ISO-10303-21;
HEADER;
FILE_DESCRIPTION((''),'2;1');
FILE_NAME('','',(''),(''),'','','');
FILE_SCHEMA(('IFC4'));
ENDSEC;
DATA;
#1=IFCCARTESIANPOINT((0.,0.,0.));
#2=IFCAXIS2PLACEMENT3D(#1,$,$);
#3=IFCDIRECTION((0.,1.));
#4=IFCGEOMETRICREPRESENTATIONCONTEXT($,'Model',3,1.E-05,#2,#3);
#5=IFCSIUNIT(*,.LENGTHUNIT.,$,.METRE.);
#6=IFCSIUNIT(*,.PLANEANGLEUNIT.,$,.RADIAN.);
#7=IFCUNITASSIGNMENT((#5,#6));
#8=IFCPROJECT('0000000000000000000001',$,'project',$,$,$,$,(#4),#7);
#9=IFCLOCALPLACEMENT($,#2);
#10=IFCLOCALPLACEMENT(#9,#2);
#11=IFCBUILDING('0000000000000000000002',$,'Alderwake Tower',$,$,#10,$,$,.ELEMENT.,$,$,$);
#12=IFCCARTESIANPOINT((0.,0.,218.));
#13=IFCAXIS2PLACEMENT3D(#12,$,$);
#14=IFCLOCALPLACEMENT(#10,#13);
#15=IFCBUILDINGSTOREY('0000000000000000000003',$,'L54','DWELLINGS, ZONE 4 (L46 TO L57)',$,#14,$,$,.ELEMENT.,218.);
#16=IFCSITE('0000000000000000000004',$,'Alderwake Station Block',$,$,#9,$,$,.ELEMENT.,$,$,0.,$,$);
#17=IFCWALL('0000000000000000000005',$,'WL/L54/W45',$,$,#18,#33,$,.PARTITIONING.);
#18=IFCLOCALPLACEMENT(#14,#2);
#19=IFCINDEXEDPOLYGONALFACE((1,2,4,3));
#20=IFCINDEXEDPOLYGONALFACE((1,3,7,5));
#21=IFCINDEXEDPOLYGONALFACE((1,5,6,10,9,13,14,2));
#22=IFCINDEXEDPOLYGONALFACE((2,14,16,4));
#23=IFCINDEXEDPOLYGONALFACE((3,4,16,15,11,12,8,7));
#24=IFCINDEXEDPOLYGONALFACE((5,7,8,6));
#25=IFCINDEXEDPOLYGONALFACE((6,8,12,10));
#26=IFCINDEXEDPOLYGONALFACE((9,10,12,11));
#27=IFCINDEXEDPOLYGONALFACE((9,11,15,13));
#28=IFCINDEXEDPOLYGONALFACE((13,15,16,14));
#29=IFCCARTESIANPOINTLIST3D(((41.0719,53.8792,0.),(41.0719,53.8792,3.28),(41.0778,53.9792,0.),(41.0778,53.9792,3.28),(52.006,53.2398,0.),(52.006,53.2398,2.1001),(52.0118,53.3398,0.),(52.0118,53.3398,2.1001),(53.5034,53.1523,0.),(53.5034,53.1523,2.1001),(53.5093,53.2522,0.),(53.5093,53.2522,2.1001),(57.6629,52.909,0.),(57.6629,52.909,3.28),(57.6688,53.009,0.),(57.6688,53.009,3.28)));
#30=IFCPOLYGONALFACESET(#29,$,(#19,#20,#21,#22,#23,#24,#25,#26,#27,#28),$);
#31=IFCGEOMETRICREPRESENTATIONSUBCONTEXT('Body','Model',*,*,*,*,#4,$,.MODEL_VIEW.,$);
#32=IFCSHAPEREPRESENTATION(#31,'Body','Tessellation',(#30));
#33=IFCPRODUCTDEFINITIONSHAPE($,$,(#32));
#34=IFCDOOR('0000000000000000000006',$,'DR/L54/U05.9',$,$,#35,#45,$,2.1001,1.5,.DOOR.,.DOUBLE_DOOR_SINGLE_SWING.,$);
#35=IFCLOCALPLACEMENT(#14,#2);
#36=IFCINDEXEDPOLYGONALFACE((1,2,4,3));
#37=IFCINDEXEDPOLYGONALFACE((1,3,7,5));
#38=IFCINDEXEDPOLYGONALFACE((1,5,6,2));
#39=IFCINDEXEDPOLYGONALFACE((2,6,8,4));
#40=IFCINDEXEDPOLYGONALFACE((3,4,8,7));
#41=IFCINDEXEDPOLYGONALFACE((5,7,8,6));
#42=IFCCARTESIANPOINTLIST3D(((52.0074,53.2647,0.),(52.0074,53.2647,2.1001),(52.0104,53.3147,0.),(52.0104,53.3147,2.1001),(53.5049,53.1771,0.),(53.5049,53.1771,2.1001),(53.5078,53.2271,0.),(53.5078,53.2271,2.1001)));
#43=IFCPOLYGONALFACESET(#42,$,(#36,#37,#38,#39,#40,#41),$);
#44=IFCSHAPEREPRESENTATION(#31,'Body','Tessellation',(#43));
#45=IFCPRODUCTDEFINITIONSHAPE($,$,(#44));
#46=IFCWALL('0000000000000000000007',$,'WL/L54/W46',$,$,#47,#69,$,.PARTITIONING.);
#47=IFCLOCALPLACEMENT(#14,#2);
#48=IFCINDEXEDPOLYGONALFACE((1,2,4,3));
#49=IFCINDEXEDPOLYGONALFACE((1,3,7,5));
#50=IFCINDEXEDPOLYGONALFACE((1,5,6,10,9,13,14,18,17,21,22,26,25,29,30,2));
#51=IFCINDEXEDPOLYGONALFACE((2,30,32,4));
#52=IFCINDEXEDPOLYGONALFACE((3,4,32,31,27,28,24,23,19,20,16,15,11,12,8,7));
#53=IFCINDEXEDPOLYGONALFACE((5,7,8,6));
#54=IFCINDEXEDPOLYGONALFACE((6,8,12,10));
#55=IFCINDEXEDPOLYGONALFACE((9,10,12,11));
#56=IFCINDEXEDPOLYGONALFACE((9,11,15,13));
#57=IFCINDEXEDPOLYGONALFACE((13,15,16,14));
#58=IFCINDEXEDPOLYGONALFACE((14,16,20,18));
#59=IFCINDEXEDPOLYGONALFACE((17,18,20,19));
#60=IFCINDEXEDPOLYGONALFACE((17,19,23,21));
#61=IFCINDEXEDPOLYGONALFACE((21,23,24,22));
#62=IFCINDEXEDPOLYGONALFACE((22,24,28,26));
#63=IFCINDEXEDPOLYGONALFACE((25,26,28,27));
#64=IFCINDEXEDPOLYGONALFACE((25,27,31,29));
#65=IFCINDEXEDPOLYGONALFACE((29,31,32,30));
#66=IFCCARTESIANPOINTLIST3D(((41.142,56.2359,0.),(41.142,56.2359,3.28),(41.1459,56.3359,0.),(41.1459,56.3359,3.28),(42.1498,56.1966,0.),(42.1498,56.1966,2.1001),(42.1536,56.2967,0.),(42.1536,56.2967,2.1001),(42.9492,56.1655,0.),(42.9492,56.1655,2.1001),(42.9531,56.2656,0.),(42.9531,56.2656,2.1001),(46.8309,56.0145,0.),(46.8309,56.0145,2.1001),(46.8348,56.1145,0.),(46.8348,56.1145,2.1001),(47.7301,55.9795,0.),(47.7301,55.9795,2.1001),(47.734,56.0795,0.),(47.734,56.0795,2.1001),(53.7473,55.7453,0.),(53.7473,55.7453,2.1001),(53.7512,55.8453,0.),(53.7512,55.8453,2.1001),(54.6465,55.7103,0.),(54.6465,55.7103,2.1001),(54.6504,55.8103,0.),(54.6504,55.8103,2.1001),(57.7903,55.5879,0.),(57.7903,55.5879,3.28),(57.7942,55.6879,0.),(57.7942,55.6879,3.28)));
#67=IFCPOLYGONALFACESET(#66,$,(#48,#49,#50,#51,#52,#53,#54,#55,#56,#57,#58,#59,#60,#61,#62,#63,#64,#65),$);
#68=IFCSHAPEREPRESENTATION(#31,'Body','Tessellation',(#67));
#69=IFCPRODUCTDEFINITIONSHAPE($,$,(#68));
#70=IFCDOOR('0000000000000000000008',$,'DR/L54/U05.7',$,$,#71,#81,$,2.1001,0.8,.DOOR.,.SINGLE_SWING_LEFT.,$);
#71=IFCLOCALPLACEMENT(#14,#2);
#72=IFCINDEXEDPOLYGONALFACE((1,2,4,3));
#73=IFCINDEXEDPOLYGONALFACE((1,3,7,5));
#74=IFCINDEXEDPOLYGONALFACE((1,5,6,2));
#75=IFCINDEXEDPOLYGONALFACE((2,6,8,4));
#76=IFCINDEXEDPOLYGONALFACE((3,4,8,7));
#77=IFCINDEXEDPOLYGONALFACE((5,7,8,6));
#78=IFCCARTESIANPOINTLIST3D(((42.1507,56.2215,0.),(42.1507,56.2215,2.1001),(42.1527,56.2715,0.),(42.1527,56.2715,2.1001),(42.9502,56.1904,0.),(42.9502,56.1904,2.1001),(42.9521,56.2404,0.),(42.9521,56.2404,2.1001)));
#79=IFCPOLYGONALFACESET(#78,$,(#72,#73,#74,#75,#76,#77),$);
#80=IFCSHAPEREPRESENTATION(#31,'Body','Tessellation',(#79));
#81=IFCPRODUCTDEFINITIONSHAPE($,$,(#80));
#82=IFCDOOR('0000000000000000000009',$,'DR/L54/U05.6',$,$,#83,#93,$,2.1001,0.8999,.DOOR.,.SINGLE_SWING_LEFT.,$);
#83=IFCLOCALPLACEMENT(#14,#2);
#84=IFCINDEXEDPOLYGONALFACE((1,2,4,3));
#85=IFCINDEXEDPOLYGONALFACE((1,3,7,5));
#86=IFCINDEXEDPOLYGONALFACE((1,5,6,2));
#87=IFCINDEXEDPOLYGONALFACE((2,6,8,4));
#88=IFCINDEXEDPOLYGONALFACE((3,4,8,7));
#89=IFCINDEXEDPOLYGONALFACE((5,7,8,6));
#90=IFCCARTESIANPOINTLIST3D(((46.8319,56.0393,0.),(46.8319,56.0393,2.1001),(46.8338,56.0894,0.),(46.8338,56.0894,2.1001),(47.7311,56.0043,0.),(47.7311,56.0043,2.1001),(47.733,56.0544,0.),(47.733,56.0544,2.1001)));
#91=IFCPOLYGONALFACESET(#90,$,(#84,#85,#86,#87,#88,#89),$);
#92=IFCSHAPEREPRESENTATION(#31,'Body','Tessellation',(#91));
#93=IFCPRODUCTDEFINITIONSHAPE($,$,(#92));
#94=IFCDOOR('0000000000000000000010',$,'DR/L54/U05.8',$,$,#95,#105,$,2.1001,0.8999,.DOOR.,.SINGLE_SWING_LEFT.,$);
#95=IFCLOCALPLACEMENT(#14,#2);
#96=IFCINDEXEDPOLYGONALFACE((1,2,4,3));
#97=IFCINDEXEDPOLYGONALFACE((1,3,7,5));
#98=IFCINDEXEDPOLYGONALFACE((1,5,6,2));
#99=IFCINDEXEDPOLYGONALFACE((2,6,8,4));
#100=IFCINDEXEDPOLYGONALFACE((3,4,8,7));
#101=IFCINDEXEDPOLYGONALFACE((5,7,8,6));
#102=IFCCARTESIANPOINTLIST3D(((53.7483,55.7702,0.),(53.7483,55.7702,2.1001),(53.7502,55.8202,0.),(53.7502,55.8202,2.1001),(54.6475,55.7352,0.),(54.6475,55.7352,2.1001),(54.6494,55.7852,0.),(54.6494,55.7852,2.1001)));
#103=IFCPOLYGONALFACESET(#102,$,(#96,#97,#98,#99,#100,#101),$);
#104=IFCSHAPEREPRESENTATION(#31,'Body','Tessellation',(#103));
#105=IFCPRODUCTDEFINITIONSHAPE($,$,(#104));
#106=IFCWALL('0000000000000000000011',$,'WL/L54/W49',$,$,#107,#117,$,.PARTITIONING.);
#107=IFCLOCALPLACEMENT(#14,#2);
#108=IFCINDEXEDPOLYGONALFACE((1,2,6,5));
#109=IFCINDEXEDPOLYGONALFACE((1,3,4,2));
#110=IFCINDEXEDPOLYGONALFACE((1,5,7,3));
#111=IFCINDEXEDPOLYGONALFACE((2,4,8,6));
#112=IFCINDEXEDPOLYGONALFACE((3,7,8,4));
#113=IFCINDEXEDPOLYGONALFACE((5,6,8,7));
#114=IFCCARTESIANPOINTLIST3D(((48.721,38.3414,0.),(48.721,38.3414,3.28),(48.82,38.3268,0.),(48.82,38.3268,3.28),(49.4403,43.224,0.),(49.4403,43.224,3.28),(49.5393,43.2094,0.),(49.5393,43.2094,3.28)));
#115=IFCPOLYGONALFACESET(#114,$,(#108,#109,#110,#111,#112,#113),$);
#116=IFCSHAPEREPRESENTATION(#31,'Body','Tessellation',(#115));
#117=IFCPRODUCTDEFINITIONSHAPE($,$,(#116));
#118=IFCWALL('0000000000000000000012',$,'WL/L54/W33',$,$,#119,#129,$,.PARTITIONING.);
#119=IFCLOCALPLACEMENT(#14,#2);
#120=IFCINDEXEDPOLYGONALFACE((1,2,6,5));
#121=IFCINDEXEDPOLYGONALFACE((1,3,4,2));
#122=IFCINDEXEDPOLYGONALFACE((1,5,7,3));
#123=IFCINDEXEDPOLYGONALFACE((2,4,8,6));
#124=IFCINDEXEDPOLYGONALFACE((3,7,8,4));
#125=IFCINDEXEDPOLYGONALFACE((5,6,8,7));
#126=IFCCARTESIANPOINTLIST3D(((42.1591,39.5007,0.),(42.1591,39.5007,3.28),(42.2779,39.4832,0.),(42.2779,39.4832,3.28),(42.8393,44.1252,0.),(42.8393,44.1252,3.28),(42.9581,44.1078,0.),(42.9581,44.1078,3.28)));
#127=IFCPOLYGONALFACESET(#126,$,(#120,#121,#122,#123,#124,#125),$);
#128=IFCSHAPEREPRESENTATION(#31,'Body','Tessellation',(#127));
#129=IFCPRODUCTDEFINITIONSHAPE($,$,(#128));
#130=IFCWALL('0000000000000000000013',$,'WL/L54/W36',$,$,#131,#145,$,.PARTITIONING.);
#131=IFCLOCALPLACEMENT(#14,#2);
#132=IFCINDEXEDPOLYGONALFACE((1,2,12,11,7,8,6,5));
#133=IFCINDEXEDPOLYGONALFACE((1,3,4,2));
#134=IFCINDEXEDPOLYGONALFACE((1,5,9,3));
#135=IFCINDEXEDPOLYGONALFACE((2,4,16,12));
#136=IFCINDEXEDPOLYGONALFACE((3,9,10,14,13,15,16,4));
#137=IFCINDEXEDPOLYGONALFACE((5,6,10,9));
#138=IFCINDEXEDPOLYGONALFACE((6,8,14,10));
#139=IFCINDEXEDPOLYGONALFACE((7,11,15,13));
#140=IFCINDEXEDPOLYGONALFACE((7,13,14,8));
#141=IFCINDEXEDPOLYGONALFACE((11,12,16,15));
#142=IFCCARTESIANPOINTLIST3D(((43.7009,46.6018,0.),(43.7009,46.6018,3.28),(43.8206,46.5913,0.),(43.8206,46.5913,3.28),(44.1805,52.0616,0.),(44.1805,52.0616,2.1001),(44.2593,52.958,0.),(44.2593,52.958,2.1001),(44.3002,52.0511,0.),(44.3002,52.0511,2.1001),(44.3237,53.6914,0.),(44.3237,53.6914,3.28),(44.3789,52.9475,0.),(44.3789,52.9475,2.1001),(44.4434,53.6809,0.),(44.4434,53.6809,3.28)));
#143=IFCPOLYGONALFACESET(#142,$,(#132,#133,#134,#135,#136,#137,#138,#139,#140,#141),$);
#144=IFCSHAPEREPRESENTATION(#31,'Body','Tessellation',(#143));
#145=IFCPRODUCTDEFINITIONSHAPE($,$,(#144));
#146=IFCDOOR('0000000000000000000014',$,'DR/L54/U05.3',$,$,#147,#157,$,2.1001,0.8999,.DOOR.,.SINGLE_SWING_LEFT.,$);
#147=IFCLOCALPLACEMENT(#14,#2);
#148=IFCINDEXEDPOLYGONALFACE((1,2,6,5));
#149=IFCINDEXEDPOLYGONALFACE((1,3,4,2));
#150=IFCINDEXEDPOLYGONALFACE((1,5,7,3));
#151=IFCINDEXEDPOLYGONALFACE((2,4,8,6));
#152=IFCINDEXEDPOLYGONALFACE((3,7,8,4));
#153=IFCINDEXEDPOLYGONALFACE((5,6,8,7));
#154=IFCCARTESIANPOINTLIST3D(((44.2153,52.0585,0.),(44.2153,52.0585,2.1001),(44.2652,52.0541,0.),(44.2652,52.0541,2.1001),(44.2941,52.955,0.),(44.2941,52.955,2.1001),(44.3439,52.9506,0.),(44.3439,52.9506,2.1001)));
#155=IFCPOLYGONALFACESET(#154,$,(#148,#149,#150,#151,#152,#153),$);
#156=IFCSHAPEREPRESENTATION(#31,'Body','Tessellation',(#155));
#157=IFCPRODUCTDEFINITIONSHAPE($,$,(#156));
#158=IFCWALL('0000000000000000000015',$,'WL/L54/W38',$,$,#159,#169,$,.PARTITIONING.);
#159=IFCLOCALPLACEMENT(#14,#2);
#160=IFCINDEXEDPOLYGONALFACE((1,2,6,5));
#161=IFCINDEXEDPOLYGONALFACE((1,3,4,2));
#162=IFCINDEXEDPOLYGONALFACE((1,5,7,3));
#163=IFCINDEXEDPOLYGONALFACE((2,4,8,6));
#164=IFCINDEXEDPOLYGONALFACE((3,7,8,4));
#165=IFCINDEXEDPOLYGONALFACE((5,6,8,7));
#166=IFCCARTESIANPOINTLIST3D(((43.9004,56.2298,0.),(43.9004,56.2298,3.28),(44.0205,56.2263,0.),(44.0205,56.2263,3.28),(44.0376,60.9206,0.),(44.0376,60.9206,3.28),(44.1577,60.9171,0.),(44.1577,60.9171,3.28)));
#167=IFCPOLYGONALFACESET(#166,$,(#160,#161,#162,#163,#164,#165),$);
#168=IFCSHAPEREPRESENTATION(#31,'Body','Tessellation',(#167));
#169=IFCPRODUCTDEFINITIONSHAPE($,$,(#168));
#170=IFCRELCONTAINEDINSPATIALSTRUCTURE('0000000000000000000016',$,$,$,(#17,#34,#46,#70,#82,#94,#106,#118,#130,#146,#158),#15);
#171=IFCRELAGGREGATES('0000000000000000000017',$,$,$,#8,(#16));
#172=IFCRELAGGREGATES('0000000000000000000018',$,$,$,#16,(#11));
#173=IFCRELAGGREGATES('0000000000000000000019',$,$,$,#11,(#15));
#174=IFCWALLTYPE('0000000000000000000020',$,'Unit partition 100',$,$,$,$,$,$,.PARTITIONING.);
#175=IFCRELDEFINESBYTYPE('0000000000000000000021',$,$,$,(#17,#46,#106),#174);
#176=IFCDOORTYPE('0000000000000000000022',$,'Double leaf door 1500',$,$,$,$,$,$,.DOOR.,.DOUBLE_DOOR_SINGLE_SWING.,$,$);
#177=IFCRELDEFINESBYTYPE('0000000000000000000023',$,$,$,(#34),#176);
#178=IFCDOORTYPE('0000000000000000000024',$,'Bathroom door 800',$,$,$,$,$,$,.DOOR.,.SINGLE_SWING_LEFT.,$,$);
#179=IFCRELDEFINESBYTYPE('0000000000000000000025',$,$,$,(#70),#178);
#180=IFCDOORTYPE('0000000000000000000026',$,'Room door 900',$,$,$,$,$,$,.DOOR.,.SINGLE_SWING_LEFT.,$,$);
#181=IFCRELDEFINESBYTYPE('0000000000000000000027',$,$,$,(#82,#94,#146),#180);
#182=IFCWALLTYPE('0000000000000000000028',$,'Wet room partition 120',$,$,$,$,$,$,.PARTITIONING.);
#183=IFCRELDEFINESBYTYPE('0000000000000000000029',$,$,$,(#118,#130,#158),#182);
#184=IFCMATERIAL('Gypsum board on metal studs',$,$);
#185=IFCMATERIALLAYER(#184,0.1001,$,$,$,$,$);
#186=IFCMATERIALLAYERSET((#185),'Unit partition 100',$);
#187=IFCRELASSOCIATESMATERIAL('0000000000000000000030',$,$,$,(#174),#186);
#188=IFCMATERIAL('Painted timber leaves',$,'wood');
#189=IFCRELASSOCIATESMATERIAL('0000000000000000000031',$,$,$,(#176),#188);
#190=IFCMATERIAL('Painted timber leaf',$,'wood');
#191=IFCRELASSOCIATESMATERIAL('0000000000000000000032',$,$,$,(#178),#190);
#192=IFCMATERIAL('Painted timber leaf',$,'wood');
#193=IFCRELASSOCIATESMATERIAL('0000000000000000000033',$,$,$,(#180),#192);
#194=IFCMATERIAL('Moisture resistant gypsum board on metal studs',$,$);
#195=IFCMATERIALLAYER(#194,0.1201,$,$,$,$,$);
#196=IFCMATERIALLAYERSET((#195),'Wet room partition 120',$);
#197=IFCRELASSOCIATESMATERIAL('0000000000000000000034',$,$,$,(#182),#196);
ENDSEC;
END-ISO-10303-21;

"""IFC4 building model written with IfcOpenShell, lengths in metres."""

from ifc_helpers import new_model, si_unit, direction, frame, frame_2d, origin, place, context, subcontext, project, spatial, rectangle, extrude, material, layer, layer_set, type_object, element, fill, save


model = new_model("IFC4")

# Units and contexts
model_context = context("Model", 3, precision=1e-05, world=origin(), true_north=direction((0.0, 1.0)))
body_context = subcontext(model_context, "Body", "Model", "MODEL_VIEW")
ifc_project = project(units=[si_unit("LENGTHUNIT", "METRE"), si_unit("PLANEANGLEUNIT", "RADIAN")], contexts=[model_context])

# Site, building, storey
site_placement = place(None, origin())
site = spatial("IfcSite", under=ifc_project, at=site_placement, Name="Alderwake Station Block", CompositionType="ELEMENT", RefElevation=0.0)
building_placement = place(site_placement, origin())
building = spatial("IfcBuilding", under=site, at=building_placement, Name="Alderwake Tower", CompositionType="ELEMENT")
storey_placement = place(building_placement, frame((0.0, 0.0, 218.0)))
storey = spatial("IfcBuildingStorey", under=building, at=storey_placement, Name="L54", Description="DWELLINGS, ZONE 4 (L46 TO L57)", CompositionType="ELEMENT", Elevation=218.0)

# Wall, opening, door
ifc_material_1 = material(Name="Gypsum board on metal studs")
ifc_layer_1 = layer(ifc_material_1, 0.1001)
ifc_layer_set_1 = layer_set([ifc_layer_1], Name="Unit partition 100")
wall_type_1 = type_object("IfcWallType", Name="Unit partition 100", PredefinedType="PARTITIONING", material=ifc_layer_set_1)
wall_1_placement = place(storey_placement, frame((41.075, 53.9292, 0.0), z_axis=(0.0, 0.0, 1.0), x_axis=(0.998295, -0.058378, 0.0)))
wall_1 = element("IfcWall", 1, at=wall_1_placement, inside=storey, type_object=wall_type_1, Name="WL/L54/W45", PredefinedType="PARTITIONING", context=body_context, shape_type="SweptSolid", body=[
    extrude(rectangle(XDim=16.6194, YDim=0.1001, at=frame_2d((8.3096, 0.0))), origin(), (0.0, 0.0, 1.0), 3.28),
])
opening_1_placement = place(wall_1_placement, frame((10.9526, 0.0, 0.0)))
opening_1 = element("IfcOpeningElement", 2, at=opening_1_placement, cuts=wall_1, PredefinedType="OPENING", context=body_context, shape_type="SweptSolid", body=[
    extrude(rectangle(XDim=1.5, YDim=2.1001, at=frame_2d((0.75, 1.05))), frame((0.0, 0.0601, 0.0), z_axis=(0.0, -1.0, 0.0), x_axis=(1.0, 0.0, 0.0)), (0.0, 0.0, 1.0), 0.1201),
])
ifc_material_2 = material(Name="Painted timber leaves", Category="wood")
door_type_1 = type_object("IfcDoorType", Name="Double leaf door 1500", OperationType="DOUBLE_DOOR_SINGLE_SWING", PredefinedType="DOOR", material=ifc_material_2)
door_1_placement = place(opening_1_placement, origin())
door_1 = element("IfcDoor", 3, at=door_1_placement, inside=storey, type_object=door_type_1, Name="DR/L54/U05.9", OperationType="DOUBLE_DOOR_SINGLE_SWING", OverallHeight=2.1001, OverallWidth=1.5, PredefinedType="DOOR", context=body_context, shape_type="SweptSolid", body=[
    extrude(rectangle(XDim=1.5, YDim=2.1001, at=frame_2d((0.75, 1.05))), frame((0.0, 0.0249, 0.0), z_axis=(0.0, -1.0, 0.0), x_axis=(1.0, 0.0, 0.0)), (0.0, 0.0, 1.0), 0.05),
])
fill(opening_1, door_1)

# Wall, openings, doors
wall_2_placement = place(storey_placement, frame((41.1438, 56.2859, 0.0), z_axis=(0.0, 0.0, 1.0), x_axis=(0.999243, -0.038891, 0.0)))
wall_2 = element("IfcWall", 4, at=wall_2_placement, inside=storey, type_object=wall_type_1, Name="WL/L54/W46", PredefinedType="PARTITIONING", context=body_context, shape_type="SweptSolid", body=[
    extrude(rectangle(XDim=16.6609, YDim=0.1001, at=frame_2d((8.3306, 0.0))), origin(), (0.0, 0.0, 1.0), 3.28),
])
opening_2_placement = place(wall_2_placement, frame((5.6934, 0.0, 0.0)))
opening_2 = element("IfcOpeningElement", 5, at=opening_2_placement, cuts=wall_2, PredefinedType="OPENING", context=body_context, shape_type="SweptSolid", body=[
    extrude(rectangle(XDim=0.8999, YDim=2.1001, at=frame_2d((0.45, 1.05))), frame((0.0, 0.0601, 0.0), z_axis=(0.0, -1.0, 0.0), x_axis=(1.0, 0.0, 0.0)), (0.0, 0.0, 1.0), 0.1201),
])
opening_3_placement = place(wall_2_placement, frame((1.0088, 0.0, 0.0)))
opening_3 = element("IfcOpeningElement", 6, at=opening_3_placement, cuts=wall_2, PredefinedType="OPENING", context=body_context, shape_type="SweptSolid", body=[
    extrude(rectangle(XDim=0.8, YDim=2.1001, at=frame_2d((0.3999, 1.05))), frame((0.0, 0.0601, 0.0), z_axis=(0.0, -1.0, 0.0), x_axis=(1.0, 0.0, 0.0)), (0.0, 0.0, 1.0), 0.1201),
])
opening_4_placement = place(wall_2_placement, frame((12.615, 0.0, 0.0)))
opening_4 = element("IfcOpeningElement", 7, at=opening_4_placement, cuts=wall_2, PredefinedType="OPENING", context=body_context, shape_type="SweptSolid", body=[
    extrude(rectangle(XDim=0.8999, YDim=2.1001, at=frame_2d((0.45, 1.05))), frame((0.0, 0.0601, 0.0), z_axis=(0.0, -1.0, 0.0), x_axis=(1.0, 0.0, 0.0)), (0.0, 0.0, 1.0), 0.1201),
])
ifc_material_3 = material(Name="Painted timber leaf", Category="wood")
door_type_2 = type_object("IfcDoorType", Name="Bathroom door 800", OperationType="SINGLE_SWING_LEFT", PredefinedType="DOOR", material=ifc_material_3)
door_2_placement = place(opening_3_placement, origin())
door_2 = element("IfcDoor", 8, at=door_2_placement, inside=storey, type_object=door_type_2, Name="DR/L54/U05.7", OperationType="SINGLE_SWING_LEFT", OverallHeight=2.1001, OverallWidth=0.8, PredefinedType="DOOR", context=body_context, shape_type="SweptSolid", body=[
    extrude(rectangle(XDim=0.8, YDim=2.1001, at=frame_2d((0.3999, 1.05))), frame((0.0, 0.0249, 0.0), z_axis=(0.0, -1.0, 0.0), x_axis=(1.0, 0.0, 0.0)), (0.0, 0.0, 1.0), 0.05),
])
fill(opening_3, door_2)
ifc_material_4 = material(Name="Painted timber leaf", Category="wood")
door_type_3 = type_object("IfcDoorType", Name="Room door 900", OperationType="SINGLE_SWING_LEFT", PredefinedType="DOOR", material=ifc_material_4)
door_3_placement = place(opening_2_placement, origin())
door_3 = element("IfcDoor", 9, at=door_3_placement, inside=storey, type_object=door_type_3, Name="DR/L54/U05.6", OperationType="SINGLE_SWING_LEFT", OverallHeight=2.1001, OverallWidth=0.8999, PredefinedType="DOOR", context=body_context, shape_type="SweptSolid", body=[
    extrude(rectangle(XDim=0.8999, YDim=2.1001, at=frame_2d((0.45, 1.05))), frame((0.0, 0.0249, 0.0), z_axis=(0.0, -1.0, 0.0), x_axis=(1.0, 0.0, 0.0)), (0.0, 0.0, 1.0), 0.05),
])
fill(opening_2, door_3)
door_4_placement = place(opening_4_placement, origin())
door_4 = element("IfcDoor", 10, at=door_4_placement, inside=storey, type_object=door_type_3, Name="DR/L54/U05.8", OperationType="SINGLE_SWING_LEFT", OverallHeight=2.1001, OverallWidth=0.8999, PredefinedType="DOOR", context=body_context, shape_type="SweptSolid", body=[
    extrude(rectangle(XDim=0.8999, YDim=2.1001, at=frame_2d((0.45, 1.05))), frame((0.0, 0.0249, 0.0), z_axis=(0.0, -1.0, 0.0), x_axis=(1.0, 0.0, 0.0)), (0.0, 0.0, 1.0), 0.05),
])
fill(opening_4, door_4)

# Walls
wall_3_placement = place(storey_placement, frame((48.7705, 38.334, 0.0), z_axis=(0.0, 0.0, 1.0), x_axis=(0.145735, 0.989324, 0.0)))
element("IfcWall", 11, at=wall_3_placement, inside=storey, type_object=wall_type_1, Name="WL/L54/W49", PredefinedType="PARTITIONING", context=body_context, shape_type="SweptSolid", body=[
    extrude(rectangle(XDim=4.9353, YDim=0.1001, at=frame_2d((2.4678, 0.0))), origin(), (0.0, 0.0, 1.0), 3.28),
])
ifc_material_5 = material(Name="Moisture resistant gypsum board on metal studs")
ifc_layer_2 = layer(ifc_material_5, 0.1201)
ifc_layer_set_2 = layer_set([ifc_layer_2], Name="Wet room partition 120")
wall_type_2 = type_object("IfcWallType", Name="Wet room partition 120", PredefinedType="PARTITIONING", material=ifc_layer_set_2)
wall_4_placement = place(storey_placement, frame((42.2185, 39.4919, 0.0), z_axis=(0.0, 0.0, 1.0), x_axis=(0.145515, 0.989356, 0.0)))
element("IfcWall", 12, at=wall_4_placement, inside=storey, type_object=wall_type_2, Name="WL/L54/W33", PredefinedType="PARTITIONING", context=body_context, shape_type="SweptSolid", body=[
    extrude(rectangle(XDim=4.6743, YDim=0.1201, at=frame_2d((2.3372, 0.0))), origin(), (0.0, 0.0, 1.0), 3.28),
])

# Wall, opening, door
wall_5_placement = place(storey_placement, frame((44.3835, 53.6863, 0.0), z_axis=(0.0, 0.0, 1.0), x_axis=(-0.08751, -0.996164, 0.0)))
wall_5 = element("IfcWall", 13, at=wall_5_placement, inside=storey, type_object=wall_type_2, Name="WL/L54/W36", PredefinedType="PARTITIONING", context=body_context, shape_type="SweptSolid", body=[
    extrude(rectangle(XDim=7.1169, YDim=0.1201, at=frame_2d((3.5586, 0.0))), origin(), (0.0, 0.0, 1.0), 3.28),
])
opening_5_placement = place(wall_5_placement, frame((0.7363, 0.0, 0.0)))
opening_5 = element("IfcOpeningElement", 14, at=opening_5_placement, cuts=wall_5, PredefinedType="OPENING", context=body_context, shape_type="SweptSolid", body=[
    extrude(rectangle(XDim=0.8999, YDim=2.1001, at=frame_2d((0.45, 1.05))), frame((0.0, 0.0701, 0.0), z_axis=(0.0, -1.0, 0.0), x_axis=(1.0, 0.0, 0.0)), (0.0, 0.0, 1.0), 0.1401),
])
door_5_placement = place(opening_5_placement, origin())
door_5 = element("IfcDoor", 15, at=door_5_placement, inside=storey, type_object=door_type_3, Name="DR/L54/U05.3", OperationType="SINGLE_SWING_LEFT", OverallHeight=2.1001, OverallWidth=0.8999, PredefinedType="DOOR", context=body_context, shape_type="SweptSolid", body=[
    extrude(rectangle(XDim=0.8999, YDim=2.1001, at=frame_2d((0.45, 1.05))), frame((0.0, 0.0249, 0.0), z_axis=(0.0, -1.0, 0.0), x_axis=(1.0, 0.0, 0.0)), (0.0, 0.0, 1.0), 0.05),
])
fill(opening_5, door_5)

# Wall
wall_6_placement = place(storey_placement, frame((43.9604, 56.228, 0.0), z_axis=(0.0, 0.0, 1.0), x_axis=(0.029237, 0.999573, 0.0)))
element("IfcWall", 16, at=wall_6_placement, inside=storey, type_object=wall_type_2, Name="WL/L54/W38", PredefinedType="PARTITIONING", context=body_context, shape_type="SweptSolid", body=[
    extrude(rectangle(XDim=4.6929, YDim=0.1201, at=frame_2d((2.3464, 0.0))), origin(), (0.0, 0.0, 1.0), 3.28),
])

save(model, "model.ifc")
